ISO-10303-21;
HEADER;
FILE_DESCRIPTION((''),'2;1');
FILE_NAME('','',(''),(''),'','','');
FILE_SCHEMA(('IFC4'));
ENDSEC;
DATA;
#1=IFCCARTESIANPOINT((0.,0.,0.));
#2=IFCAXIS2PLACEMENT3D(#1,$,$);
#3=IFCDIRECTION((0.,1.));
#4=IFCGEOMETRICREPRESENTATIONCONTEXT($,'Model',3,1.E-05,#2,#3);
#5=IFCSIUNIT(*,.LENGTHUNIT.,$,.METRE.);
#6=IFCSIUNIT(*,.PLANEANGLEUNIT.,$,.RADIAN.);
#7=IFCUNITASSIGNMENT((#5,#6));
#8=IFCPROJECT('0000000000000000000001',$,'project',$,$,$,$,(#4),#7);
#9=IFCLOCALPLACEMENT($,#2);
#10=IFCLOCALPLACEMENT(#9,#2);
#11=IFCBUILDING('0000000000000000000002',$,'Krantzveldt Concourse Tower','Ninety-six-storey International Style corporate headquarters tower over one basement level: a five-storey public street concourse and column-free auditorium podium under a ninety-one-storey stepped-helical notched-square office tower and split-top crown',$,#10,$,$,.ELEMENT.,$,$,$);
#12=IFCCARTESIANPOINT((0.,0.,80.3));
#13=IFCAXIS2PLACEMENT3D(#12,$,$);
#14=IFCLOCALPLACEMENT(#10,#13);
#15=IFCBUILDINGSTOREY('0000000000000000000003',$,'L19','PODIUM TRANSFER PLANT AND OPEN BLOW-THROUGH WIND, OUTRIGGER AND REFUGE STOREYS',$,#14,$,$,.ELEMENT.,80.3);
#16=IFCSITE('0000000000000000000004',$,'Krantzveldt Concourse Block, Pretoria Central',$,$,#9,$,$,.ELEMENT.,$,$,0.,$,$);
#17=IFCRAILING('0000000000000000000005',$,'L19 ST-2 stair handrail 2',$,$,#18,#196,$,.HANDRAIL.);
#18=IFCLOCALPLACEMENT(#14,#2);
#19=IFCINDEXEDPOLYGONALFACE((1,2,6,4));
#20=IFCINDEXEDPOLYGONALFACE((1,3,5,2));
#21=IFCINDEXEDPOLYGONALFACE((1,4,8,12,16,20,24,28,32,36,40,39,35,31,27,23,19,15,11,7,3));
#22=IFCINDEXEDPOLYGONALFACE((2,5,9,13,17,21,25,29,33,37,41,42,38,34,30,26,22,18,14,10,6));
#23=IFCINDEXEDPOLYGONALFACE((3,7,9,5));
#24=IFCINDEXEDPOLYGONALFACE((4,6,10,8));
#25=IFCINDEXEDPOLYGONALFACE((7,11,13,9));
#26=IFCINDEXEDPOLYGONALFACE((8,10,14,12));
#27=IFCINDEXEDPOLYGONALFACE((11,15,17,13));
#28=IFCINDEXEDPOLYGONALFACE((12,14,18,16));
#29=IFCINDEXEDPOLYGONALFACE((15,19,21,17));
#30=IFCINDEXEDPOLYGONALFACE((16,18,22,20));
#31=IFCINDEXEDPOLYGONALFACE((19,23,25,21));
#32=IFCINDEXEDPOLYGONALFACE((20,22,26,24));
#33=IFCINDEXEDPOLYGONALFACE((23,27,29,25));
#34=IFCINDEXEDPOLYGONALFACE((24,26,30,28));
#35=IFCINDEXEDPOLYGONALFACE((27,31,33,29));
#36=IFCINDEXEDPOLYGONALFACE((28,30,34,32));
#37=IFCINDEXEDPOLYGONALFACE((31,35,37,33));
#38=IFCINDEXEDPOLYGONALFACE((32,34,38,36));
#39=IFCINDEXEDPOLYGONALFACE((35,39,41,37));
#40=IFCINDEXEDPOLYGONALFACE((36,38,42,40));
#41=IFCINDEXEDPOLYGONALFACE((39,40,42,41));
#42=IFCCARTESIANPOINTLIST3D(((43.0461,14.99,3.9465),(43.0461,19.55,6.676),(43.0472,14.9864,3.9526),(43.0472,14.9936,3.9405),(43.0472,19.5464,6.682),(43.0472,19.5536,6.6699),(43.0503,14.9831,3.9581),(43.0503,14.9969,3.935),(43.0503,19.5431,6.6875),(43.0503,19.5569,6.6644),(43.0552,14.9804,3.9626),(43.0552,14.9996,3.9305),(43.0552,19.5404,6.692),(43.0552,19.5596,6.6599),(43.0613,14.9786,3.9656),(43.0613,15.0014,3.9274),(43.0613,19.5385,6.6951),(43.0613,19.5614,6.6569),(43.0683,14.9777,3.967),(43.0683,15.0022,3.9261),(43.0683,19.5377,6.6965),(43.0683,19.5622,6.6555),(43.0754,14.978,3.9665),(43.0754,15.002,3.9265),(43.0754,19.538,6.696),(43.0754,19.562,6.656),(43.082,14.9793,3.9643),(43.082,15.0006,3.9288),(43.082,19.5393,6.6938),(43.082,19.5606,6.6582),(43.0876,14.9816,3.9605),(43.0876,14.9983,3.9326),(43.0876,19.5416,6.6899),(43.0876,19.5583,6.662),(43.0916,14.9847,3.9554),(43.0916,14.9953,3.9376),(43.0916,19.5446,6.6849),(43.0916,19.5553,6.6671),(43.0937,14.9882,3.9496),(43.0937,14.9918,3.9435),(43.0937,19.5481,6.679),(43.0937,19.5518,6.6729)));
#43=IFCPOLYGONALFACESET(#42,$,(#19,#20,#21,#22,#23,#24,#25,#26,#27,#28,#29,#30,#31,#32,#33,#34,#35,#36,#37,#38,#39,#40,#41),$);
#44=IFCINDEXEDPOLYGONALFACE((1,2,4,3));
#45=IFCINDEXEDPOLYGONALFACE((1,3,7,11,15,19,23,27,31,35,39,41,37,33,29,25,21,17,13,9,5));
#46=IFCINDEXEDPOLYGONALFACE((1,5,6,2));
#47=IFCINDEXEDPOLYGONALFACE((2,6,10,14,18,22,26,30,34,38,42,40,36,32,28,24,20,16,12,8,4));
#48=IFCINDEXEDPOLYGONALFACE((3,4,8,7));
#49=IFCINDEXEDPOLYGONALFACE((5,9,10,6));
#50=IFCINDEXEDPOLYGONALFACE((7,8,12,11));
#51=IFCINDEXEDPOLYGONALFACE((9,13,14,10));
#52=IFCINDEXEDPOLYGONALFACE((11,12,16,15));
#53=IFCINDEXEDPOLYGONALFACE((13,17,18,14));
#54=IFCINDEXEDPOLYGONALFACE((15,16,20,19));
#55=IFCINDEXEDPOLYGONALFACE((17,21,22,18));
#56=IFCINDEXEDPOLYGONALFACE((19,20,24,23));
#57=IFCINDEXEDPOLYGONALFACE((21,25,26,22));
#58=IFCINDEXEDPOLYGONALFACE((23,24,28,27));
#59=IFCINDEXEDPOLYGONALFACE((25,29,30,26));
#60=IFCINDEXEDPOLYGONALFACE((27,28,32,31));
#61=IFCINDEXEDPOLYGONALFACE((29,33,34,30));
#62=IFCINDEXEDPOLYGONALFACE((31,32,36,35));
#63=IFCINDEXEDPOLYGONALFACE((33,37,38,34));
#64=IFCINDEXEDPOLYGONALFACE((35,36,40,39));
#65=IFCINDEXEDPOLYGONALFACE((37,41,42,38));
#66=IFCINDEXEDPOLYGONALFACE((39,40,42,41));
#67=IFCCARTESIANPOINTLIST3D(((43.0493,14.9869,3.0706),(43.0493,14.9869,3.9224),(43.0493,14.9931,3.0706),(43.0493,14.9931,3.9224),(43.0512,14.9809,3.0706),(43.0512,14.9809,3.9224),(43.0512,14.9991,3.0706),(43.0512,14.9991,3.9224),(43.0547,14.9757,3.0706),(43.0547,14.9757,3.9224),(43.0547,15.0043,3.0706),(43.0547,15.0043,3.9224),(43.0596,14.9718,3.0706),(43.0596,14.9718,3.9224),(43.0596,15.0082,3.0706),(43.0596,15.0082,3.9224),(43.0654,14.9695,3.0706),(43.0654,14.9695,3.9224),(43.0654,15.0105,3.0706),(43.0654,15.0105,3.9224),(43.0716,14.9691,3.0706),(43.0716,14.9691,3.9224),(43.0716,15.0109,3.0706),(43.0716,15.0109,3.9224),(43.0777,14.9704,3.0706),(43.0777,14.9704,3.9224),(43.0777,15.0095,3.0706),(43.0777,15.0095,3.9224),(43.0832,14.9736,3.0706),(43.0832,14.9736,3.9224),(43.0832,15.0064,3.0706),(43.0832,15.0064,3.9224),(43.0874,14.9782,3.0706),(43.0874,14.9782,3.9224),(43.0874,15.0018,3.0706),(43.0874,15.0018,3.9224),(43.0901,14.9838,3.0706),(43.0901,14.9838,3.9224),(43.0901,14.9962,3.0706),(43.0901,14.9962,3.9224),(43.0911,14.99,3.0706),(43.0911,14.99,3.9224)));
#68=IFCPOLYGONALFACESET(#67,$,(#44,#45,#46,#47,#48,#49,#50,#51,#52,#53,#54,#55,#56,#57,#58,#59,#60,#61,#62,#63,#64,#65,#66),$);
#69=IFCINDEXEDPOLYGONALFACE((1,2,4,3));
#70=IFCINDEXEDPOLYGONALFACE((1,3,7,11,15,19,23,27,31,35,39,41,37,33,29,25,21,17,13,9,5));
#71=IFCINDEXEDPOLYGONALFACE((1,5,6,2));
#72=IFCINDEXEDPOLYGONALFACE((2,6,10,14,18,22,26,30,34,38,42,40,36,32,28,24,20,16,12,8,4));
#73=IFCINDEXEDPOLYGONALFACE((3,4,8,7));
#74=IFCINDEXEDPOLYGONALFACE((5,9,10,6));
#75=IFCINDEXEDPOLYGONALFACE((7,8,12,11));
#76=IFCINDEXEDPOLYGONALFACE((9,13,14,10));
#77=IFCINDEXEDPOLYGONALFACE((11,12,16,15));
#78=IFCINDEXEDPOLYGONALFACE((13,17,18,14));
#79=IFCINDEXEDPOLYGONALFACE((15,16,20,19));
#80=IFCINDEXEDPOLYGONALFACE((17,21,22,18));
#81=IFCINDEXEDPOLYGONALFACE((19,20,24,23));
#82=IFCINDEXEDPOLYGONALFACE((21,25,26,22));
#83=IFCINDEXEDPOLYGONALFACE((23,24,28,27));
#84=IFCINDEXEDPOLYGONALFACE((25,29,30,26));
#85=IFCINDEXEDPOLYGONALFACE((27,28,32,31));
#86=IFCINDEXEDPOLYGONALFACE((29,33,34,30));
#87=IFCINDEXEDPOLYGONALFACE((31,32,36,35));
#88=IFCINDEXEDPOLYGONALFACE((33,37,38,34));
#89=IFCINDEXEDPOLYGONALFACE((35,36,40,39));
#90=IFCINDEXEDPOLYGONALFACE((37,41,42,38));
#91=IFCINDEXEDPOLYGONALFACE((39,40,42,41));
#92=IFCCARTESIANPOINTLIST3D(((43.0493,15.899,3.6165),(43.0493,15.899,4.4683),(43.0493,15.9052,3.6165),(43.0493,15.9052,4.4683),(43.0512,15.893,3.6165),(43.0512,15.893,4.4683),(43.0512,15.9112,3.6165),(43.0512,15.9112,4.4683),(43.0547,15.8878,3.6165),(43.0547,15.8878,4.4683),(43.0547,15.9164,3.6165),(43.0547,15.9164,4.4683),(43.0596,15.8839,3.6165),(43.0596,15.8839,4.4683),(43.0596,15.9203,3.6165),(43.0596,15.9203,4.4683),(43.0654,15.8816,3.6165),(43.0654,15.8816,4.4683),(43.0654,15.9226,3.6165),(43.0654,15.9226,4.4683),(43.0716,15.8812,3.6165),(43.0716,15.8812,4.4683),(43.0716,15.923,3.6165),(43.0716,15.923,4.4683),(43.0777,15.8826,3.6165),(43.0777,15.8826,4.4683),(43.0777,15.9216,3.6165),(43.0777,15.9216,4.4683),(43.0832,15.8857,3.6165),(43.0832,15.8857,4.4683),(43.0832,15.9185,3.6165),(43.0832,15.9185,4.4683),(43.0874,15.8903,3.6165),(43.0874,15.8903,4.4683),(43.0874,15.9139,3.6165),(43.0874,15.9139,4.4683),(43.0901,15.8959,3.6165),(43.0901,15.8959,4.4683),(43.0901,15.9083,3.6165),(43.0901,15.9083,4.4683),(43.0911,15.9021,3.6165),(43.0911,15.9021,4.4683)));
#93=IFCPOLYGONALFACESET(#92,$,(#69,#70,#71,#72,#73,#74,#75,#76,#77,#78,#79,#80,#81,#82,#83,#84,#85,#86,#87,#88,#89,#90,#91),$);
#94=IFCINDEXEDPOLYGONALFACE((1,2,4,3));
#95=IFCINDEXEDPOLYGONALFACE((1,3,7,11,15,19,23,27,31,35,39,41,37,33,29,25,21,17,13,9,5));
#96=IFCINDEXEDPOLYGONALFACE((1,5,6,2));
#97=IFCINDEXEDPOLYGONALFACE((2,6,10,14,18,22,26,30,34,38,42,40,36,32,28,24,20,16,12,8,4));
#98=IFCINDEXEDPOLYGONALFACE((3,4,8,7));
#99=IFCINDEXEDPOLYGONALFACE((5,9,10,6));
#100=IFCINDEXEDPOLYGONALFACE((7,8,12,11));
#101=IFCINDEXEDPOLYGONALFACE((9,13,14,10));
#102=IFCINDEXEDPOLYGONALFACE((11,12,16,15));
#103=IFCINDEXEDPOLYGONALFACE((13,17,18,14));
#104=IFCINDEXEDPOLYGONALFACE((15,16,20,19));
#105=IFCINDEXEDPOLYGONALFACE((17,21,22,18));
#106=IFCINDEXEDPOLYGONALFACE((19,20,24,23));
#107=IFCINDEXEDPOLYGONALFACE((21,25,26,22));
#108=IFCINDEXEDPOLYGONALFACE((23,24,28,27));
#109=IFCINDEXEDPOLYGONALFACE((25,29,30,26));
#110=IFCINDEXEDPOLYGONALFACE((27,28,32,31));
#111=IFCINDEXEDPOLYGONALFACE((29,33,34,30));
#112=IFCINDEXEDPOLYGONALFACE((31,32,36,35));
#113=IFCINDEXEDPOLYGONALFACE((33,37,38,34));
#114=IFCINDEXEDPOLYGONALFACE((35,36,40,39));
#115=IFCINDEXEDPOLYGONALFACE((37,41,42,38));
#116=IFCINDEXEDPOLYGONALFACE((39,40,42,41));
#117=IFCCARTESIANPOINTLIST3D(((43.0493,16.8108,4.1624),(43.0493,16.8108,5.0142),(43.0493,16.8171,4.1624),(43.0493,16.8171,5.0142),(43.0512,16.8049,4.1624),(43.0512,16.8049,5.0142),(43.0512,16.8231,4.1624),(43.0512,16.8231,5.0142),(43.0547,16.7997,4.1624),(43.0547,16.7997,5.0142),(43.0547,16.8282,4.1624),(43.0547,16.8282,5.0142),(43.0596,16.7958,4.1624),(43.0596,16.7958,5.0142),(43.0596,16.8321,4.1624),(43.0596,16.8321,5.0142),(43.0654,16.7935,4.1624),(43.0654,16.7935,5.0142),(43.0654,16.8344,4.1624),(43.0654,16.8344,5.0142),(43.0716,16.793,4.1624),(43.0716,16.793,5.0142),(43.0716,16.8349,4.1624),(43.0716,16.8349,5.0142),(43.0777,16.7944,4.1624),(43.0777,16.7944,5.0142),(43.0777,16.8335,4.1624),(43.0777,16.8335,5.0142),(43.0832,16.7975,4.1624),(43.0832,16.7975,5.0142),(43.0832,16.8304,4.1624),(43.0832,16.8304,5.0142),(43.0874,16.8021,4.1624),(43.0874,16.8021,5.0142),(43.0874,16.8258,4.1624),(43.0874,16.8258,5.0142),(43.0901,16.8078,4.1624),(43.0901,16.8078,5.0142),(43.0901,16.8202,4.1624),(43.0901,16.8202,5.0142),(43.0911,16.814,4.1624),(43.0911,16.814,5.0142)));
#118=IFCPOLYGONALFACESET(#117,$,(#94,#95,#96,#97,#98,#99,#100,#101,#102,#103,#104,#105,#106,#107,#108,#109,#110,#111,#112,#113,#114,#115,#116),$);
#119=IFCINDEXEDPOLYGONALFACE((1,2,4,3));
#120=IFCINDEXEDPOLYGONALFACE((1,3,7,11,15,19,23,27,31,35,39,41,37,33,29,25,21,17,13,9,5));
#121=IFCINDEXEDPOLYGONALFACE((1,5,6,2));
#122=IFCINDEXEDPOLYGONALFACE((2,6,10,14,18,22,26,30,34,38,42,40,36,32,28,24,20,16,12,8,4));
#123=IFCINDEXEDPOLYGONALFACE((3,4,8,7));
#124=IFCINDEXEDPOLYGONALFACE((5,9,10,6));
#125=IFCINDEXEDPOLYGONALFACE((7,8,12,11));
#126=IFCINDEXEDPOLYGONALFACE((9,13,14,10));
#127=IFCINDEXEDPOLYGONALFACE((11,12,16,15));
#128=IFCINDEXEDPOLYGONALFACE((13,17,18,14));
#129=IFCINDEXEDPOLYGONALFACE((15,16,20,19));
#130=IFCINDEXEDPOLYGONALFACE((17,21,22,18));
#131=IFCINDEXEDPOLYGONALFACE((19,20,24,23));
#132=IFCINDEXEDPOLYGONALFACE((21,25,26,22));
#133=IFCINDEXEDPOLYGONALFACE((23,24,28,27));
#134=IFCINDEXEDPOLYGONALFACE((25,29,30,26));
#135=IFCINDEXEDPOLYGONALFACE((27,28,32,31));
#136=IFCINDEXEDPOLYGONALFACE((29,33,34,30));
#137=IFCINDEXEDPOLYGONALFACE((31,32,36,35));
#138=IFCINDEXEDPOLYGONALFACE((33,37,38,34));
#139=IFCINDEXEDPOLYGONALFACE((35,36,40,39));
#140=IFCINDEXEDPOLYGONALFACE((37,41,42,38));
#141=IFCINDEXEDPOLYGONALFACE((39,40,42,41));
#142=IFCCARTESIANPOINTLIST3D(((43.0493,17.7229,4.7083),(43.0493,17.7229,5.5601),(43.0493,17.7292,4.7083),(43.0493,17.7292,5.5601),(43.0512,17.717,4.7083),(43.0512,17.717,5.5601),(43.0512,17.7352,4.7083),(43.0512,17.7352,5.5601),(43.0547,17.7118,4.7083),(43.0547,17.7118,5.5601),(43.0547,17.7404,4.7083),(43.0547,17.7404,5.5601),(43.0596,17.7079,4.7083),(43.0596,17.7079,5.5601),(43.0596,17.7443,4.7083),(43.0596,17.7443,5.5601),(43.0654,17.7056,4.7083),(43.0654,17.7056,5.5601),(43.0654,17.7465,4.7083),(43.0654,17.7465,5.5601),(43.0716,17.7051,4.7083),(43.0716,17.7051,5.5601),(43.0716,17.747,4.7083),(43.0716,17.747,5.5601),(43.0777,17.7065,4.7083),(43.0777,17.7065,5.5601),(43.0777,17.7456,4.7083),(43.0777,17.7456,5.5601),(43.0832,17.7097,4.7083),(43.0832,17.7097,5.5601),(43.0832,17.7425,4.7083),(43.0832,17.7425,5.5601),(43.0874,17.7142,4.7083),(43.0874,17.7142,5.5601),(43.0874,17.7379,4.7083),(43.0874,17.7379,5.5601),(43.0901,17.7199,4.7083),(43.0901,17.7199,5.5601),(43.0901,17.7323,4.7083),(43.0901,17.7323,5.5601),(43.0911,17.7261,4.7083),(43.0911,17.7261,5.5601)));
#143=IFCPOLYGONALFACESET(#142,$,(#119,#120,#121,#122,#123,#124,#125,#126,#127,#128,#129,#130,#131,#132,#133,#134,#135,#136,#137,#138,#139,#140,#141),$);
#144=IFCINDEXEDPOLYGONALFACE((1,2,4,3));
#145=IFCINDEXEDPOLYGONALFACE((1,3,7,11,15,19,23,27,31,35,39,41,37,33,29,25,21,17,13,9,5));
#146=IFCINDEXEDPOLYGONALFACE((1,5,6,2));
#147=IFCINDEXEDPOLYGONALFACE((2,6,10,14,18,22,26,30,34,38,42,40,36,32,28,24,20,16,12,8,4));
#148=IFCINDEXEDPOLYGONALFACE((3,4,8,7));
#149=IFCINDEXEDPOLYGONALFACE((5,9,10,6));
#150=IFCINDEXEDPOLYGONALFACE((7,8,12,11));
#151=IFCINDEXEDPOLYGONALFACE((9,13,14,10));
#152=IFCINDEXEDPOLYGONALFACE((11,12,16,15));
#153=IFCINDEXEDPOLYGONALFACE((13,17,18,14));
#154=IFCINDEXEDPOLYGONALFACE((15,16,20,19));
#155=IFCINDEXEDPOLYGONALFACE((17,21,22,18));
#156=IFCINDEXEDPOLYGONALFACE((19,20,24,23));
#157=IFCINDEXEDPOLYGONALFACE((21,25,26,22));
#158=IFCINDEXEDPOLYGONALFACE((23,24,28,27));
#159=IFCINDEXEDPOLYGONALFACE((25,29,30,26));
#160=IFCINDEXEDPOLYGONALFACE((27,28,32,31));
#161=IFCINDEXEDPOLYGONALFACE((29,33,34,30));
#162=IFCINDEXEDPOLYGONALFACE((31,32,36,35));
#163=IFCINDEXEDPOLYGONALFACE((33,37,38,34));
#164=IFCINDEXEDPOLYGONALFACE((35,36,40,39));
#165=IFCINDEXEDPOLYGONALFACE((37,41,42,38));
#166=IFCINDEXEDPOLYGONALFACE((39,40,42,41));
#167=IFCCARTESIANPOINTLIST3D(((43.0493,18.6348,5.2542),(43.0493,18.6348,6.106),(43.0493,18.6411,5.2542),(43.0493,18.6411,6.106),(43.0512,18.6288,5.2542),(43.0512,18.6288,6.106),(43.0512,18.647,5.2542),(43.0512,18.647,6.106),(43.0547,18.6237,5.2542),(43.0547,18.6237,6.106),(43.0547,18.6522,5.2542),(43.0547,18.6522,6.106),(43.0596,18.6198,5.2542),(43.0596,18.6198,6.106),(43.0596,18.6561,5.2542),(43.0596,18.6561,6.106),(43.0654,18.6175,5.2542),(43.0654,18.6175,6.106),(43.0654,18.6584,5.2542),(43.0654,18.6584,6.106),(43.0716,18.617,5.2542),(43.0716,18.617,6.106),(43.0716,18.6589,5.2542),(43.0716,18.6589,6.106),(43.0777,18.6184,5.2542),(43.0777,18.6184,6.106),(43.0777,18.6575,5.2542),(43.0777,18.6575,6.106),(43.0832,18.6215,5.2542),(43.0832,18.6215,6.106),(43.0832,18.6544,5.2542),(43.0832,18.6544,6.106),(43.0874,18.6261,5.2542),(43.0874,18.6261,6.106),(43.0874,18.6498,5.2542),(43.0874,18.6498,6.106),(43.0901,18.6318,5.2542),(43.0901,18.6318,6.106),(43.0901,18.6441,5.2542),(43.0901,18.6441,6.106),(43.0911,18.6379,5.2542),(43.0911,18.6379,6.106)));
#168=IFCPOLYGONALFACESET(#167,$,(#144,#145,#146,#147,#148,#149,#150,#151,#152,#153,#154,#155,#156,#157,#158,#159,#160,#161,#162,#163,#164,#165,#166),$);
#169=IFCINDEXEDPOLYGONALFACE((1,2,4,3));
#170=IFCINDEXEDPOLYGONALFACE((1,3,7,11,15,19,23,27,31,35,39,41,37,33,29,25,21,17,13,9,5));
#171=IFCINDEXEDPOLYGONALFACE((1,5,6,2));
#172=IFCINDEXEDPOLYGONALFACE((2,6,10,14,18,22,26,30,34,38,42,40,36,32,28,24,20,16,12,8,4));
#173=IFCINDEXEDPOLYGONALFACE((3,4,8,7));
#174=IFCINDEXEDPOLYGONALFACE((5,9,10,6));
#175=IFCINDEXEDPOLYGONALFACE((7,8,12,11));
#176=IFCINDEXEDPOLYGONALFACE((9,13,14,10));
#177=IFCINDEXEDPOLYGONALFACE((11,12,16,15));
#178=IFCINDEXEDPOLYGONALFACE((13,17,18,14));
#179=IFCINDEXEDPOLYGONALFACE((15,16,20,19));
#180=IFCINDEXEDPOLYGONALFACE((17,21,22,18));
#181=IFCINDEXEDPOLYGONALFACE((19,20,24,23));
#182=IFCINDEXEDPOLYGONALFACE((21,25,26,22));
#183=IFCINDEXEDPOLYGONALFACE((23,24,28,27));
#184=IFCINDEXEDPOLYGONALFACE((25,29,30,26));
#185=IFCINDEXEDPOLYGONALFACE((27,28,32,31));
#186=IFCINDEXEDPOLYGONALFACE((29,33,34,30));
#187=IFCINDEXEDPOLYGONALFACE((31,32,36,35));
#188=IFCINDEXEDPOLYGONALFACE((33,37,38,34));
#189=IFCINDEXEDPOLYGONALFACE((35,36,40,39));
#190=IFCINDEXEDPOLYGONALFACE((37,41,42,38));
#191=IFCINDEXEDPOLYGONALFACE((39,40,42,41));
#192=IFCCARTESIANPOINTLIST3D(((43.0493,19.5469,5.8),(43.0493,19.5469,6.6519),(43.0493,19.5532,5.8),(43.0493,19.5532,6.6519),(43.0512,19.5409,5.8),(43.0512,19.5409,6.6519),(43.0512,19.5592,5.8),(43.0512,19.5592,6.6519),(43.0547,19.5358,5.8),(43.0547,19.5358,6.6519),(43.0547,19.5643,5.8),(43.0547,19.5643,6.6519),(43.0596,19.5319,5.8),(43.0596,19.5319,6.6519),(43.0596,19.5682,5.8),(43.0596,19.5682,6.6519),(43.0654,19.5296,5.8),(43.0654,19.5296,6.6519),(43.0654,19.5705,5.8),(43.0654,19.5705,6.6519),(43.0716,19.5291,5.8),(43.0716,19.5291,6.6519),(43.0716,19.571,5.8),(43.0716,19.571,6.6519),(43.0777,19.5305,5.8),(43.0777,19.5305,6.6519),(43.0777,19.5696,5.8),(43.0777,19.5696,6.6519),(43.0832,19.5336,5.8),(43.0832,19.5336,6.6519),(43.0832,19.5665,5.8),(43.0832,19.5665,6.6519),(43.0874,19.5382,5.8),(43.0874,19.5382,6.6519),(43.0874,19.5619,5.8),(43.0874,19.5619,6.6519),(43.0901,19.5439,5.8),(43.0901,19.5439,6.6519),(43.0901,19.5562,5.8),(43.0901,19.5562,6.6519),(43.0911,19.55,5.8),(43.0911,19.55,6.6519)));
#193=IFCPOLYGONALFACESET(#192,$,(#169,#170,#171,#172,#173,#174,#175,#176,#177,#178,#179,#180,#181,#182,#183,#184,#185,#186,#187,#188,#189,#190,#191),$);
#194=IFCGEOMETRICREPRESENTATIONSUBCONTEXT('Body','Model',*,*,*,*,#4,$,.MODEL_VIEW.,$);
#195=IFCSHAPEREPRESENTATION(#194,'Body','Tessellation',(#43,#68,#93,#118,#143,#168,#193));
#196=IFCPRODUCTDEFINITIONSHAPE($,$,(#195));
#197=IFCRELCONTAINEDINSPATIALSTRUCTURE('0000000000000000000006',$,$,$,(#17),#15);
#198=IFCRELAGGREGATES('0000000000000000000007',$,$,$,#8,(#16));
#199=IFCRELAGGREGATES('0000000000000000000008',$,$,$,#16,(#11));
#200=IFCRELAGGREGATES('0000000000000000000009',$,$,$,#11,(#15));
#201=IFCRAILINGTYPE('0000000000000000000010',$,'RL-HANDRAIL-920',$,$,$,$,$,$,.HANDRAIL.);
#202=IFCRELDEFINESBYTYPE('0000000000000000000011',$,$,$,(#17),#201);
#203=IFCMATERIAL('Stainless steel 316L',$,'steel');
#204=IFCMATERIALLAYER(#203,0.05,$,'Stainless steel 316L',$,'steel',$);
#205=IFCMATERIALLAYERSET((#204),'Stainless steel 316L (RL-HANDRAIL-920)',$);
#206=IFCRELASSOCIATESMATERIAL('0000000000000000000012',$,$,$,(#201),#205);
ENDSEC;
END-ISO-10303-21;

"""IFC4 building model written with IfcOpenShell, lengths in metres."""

from ifc_helpers import new_model, si_unit, direction, frame, origin, origin_2d, place, context, subcontext, project, spatial, circle, extrude, material, layer, layer_set, type_object, element, save


model = new_model("IFC4")

# Units and contexts
model_context = context("Model", 3, precision=1e-05, world=origin(), true_north=direction((0.0, 1.0)))
body_context = subcontext(model_context, "Body", "Model", "MODEL_VIEW")
ifc_project = project(units=[si_unit("LENGTHUNIT", "METRE"), si_unit("PLANEANGLEUNIT", "RADIAN")], contexts=[model_context])

# Site, building, storey
site_placement = place(None, origin())
site = spatial("IfcSite", under=ifc_project, at=site_placement, Name="Krantzveldt Concourse Block, Pretoria Central", CompositionType="ELEMENT", RefElevation=0.0)
building_placement = place(site_placement, origin())
building = spatial("IfcBuilding", under=site, at=building_placement, Name="Krantzveldt Concourse Tower", Description="Ninety-six-storey International Style corporate headquarters tower over one basement level: a five-storey public street concourse and column-free auditorium podium under a ninety-one-storey stepped-helical notched-square office tower and split-top crown", CompositionType="ELEMENT")
storey_placement = place(building_placement, frame((0.0, 0.0, 80.3)))
storey = spatial("IfcBuildingStorey", under=building, at=storey_placement, Name="L19", Description="PODIUM TRANSFER PLANT AND OPEN BLOW-THROUGH WIND, OUTRIGGER AND REFUGE STOREYS", CompositionType="ELEMENT", Elevation=80.3)

# Shared definitions
ifc_material_1 = material(Name="Stainless steel 316L", Category="steel")

# Railing
ifc_layer_1 = layer(ifc_material_1, 0.05, Name="Stainless steel 316L", Category="steel")
ifc_layer_set_1 = layer_set([ifc_layer_1], Name="Stainless steel 316L (RL-HANDRAIL-920)")
railing_type_1 = type_object("IfcRailingType", Name="RL-HANDRAIL-920", PredefinedType="HANDRAIL", material=ifc_layer_set_1)
railing_1_placement = place(storey_placement, frame((43.0701, 14.99, 3.0706)))
element("IfcRailing", 1, at=railing_1_placement, inside=storey, type_object=railing_type_1, Name="L19 ST-2 stair handrail 2", PredefinedType="HANDRAIL", context=body_context, shape_type="SweptSolid", body=[
    extrude(circle(Radius=0.0239, at=origin_2d()), frame((0.0, 0.0, 0.876), z_axis=(0.0, 0.858036, 0.51359), x_axis=(-1.0, 0.0, 0.0)), (0.0, 0.0, 1.0), 5.3145),
    extrude(circle(Radius=0.021, at=origin_2d()), origin(), (0.0, 0.0, 1.0), 0.8518),
    extrude(circle(Radius=0.021, at=origin_2d()), frame((0.0, 0.9121, 0.5459)), (0.0, 0.0, 1.0), 0.8518),
    extrude(circle(Radius=0.021, at=origin_2d()), frame((0.0, 1.824, 1.0918)), (0.0, 0.0, 1.0), 0.8518),
    extrude(circle(Radius=0.021, at=origin_2d()), frame((0.0, 2.7361, 1.6377)), (0.0, 0.0, 1.0), 0.8518),
    extrude(circle(Radius=0.021, at=origin_2d()), frame((0.0, 3.6479, 2.1836)), (0.0, 0.0, 1.0), 0.8518),
    extrude(circle(Radius=0.021, at=origin_2d()), frame((0.0, 4.5601, 2.7295)), (0.0, 0.0, 1.0), 0.8518),
])

save(model, "model.ifc")
